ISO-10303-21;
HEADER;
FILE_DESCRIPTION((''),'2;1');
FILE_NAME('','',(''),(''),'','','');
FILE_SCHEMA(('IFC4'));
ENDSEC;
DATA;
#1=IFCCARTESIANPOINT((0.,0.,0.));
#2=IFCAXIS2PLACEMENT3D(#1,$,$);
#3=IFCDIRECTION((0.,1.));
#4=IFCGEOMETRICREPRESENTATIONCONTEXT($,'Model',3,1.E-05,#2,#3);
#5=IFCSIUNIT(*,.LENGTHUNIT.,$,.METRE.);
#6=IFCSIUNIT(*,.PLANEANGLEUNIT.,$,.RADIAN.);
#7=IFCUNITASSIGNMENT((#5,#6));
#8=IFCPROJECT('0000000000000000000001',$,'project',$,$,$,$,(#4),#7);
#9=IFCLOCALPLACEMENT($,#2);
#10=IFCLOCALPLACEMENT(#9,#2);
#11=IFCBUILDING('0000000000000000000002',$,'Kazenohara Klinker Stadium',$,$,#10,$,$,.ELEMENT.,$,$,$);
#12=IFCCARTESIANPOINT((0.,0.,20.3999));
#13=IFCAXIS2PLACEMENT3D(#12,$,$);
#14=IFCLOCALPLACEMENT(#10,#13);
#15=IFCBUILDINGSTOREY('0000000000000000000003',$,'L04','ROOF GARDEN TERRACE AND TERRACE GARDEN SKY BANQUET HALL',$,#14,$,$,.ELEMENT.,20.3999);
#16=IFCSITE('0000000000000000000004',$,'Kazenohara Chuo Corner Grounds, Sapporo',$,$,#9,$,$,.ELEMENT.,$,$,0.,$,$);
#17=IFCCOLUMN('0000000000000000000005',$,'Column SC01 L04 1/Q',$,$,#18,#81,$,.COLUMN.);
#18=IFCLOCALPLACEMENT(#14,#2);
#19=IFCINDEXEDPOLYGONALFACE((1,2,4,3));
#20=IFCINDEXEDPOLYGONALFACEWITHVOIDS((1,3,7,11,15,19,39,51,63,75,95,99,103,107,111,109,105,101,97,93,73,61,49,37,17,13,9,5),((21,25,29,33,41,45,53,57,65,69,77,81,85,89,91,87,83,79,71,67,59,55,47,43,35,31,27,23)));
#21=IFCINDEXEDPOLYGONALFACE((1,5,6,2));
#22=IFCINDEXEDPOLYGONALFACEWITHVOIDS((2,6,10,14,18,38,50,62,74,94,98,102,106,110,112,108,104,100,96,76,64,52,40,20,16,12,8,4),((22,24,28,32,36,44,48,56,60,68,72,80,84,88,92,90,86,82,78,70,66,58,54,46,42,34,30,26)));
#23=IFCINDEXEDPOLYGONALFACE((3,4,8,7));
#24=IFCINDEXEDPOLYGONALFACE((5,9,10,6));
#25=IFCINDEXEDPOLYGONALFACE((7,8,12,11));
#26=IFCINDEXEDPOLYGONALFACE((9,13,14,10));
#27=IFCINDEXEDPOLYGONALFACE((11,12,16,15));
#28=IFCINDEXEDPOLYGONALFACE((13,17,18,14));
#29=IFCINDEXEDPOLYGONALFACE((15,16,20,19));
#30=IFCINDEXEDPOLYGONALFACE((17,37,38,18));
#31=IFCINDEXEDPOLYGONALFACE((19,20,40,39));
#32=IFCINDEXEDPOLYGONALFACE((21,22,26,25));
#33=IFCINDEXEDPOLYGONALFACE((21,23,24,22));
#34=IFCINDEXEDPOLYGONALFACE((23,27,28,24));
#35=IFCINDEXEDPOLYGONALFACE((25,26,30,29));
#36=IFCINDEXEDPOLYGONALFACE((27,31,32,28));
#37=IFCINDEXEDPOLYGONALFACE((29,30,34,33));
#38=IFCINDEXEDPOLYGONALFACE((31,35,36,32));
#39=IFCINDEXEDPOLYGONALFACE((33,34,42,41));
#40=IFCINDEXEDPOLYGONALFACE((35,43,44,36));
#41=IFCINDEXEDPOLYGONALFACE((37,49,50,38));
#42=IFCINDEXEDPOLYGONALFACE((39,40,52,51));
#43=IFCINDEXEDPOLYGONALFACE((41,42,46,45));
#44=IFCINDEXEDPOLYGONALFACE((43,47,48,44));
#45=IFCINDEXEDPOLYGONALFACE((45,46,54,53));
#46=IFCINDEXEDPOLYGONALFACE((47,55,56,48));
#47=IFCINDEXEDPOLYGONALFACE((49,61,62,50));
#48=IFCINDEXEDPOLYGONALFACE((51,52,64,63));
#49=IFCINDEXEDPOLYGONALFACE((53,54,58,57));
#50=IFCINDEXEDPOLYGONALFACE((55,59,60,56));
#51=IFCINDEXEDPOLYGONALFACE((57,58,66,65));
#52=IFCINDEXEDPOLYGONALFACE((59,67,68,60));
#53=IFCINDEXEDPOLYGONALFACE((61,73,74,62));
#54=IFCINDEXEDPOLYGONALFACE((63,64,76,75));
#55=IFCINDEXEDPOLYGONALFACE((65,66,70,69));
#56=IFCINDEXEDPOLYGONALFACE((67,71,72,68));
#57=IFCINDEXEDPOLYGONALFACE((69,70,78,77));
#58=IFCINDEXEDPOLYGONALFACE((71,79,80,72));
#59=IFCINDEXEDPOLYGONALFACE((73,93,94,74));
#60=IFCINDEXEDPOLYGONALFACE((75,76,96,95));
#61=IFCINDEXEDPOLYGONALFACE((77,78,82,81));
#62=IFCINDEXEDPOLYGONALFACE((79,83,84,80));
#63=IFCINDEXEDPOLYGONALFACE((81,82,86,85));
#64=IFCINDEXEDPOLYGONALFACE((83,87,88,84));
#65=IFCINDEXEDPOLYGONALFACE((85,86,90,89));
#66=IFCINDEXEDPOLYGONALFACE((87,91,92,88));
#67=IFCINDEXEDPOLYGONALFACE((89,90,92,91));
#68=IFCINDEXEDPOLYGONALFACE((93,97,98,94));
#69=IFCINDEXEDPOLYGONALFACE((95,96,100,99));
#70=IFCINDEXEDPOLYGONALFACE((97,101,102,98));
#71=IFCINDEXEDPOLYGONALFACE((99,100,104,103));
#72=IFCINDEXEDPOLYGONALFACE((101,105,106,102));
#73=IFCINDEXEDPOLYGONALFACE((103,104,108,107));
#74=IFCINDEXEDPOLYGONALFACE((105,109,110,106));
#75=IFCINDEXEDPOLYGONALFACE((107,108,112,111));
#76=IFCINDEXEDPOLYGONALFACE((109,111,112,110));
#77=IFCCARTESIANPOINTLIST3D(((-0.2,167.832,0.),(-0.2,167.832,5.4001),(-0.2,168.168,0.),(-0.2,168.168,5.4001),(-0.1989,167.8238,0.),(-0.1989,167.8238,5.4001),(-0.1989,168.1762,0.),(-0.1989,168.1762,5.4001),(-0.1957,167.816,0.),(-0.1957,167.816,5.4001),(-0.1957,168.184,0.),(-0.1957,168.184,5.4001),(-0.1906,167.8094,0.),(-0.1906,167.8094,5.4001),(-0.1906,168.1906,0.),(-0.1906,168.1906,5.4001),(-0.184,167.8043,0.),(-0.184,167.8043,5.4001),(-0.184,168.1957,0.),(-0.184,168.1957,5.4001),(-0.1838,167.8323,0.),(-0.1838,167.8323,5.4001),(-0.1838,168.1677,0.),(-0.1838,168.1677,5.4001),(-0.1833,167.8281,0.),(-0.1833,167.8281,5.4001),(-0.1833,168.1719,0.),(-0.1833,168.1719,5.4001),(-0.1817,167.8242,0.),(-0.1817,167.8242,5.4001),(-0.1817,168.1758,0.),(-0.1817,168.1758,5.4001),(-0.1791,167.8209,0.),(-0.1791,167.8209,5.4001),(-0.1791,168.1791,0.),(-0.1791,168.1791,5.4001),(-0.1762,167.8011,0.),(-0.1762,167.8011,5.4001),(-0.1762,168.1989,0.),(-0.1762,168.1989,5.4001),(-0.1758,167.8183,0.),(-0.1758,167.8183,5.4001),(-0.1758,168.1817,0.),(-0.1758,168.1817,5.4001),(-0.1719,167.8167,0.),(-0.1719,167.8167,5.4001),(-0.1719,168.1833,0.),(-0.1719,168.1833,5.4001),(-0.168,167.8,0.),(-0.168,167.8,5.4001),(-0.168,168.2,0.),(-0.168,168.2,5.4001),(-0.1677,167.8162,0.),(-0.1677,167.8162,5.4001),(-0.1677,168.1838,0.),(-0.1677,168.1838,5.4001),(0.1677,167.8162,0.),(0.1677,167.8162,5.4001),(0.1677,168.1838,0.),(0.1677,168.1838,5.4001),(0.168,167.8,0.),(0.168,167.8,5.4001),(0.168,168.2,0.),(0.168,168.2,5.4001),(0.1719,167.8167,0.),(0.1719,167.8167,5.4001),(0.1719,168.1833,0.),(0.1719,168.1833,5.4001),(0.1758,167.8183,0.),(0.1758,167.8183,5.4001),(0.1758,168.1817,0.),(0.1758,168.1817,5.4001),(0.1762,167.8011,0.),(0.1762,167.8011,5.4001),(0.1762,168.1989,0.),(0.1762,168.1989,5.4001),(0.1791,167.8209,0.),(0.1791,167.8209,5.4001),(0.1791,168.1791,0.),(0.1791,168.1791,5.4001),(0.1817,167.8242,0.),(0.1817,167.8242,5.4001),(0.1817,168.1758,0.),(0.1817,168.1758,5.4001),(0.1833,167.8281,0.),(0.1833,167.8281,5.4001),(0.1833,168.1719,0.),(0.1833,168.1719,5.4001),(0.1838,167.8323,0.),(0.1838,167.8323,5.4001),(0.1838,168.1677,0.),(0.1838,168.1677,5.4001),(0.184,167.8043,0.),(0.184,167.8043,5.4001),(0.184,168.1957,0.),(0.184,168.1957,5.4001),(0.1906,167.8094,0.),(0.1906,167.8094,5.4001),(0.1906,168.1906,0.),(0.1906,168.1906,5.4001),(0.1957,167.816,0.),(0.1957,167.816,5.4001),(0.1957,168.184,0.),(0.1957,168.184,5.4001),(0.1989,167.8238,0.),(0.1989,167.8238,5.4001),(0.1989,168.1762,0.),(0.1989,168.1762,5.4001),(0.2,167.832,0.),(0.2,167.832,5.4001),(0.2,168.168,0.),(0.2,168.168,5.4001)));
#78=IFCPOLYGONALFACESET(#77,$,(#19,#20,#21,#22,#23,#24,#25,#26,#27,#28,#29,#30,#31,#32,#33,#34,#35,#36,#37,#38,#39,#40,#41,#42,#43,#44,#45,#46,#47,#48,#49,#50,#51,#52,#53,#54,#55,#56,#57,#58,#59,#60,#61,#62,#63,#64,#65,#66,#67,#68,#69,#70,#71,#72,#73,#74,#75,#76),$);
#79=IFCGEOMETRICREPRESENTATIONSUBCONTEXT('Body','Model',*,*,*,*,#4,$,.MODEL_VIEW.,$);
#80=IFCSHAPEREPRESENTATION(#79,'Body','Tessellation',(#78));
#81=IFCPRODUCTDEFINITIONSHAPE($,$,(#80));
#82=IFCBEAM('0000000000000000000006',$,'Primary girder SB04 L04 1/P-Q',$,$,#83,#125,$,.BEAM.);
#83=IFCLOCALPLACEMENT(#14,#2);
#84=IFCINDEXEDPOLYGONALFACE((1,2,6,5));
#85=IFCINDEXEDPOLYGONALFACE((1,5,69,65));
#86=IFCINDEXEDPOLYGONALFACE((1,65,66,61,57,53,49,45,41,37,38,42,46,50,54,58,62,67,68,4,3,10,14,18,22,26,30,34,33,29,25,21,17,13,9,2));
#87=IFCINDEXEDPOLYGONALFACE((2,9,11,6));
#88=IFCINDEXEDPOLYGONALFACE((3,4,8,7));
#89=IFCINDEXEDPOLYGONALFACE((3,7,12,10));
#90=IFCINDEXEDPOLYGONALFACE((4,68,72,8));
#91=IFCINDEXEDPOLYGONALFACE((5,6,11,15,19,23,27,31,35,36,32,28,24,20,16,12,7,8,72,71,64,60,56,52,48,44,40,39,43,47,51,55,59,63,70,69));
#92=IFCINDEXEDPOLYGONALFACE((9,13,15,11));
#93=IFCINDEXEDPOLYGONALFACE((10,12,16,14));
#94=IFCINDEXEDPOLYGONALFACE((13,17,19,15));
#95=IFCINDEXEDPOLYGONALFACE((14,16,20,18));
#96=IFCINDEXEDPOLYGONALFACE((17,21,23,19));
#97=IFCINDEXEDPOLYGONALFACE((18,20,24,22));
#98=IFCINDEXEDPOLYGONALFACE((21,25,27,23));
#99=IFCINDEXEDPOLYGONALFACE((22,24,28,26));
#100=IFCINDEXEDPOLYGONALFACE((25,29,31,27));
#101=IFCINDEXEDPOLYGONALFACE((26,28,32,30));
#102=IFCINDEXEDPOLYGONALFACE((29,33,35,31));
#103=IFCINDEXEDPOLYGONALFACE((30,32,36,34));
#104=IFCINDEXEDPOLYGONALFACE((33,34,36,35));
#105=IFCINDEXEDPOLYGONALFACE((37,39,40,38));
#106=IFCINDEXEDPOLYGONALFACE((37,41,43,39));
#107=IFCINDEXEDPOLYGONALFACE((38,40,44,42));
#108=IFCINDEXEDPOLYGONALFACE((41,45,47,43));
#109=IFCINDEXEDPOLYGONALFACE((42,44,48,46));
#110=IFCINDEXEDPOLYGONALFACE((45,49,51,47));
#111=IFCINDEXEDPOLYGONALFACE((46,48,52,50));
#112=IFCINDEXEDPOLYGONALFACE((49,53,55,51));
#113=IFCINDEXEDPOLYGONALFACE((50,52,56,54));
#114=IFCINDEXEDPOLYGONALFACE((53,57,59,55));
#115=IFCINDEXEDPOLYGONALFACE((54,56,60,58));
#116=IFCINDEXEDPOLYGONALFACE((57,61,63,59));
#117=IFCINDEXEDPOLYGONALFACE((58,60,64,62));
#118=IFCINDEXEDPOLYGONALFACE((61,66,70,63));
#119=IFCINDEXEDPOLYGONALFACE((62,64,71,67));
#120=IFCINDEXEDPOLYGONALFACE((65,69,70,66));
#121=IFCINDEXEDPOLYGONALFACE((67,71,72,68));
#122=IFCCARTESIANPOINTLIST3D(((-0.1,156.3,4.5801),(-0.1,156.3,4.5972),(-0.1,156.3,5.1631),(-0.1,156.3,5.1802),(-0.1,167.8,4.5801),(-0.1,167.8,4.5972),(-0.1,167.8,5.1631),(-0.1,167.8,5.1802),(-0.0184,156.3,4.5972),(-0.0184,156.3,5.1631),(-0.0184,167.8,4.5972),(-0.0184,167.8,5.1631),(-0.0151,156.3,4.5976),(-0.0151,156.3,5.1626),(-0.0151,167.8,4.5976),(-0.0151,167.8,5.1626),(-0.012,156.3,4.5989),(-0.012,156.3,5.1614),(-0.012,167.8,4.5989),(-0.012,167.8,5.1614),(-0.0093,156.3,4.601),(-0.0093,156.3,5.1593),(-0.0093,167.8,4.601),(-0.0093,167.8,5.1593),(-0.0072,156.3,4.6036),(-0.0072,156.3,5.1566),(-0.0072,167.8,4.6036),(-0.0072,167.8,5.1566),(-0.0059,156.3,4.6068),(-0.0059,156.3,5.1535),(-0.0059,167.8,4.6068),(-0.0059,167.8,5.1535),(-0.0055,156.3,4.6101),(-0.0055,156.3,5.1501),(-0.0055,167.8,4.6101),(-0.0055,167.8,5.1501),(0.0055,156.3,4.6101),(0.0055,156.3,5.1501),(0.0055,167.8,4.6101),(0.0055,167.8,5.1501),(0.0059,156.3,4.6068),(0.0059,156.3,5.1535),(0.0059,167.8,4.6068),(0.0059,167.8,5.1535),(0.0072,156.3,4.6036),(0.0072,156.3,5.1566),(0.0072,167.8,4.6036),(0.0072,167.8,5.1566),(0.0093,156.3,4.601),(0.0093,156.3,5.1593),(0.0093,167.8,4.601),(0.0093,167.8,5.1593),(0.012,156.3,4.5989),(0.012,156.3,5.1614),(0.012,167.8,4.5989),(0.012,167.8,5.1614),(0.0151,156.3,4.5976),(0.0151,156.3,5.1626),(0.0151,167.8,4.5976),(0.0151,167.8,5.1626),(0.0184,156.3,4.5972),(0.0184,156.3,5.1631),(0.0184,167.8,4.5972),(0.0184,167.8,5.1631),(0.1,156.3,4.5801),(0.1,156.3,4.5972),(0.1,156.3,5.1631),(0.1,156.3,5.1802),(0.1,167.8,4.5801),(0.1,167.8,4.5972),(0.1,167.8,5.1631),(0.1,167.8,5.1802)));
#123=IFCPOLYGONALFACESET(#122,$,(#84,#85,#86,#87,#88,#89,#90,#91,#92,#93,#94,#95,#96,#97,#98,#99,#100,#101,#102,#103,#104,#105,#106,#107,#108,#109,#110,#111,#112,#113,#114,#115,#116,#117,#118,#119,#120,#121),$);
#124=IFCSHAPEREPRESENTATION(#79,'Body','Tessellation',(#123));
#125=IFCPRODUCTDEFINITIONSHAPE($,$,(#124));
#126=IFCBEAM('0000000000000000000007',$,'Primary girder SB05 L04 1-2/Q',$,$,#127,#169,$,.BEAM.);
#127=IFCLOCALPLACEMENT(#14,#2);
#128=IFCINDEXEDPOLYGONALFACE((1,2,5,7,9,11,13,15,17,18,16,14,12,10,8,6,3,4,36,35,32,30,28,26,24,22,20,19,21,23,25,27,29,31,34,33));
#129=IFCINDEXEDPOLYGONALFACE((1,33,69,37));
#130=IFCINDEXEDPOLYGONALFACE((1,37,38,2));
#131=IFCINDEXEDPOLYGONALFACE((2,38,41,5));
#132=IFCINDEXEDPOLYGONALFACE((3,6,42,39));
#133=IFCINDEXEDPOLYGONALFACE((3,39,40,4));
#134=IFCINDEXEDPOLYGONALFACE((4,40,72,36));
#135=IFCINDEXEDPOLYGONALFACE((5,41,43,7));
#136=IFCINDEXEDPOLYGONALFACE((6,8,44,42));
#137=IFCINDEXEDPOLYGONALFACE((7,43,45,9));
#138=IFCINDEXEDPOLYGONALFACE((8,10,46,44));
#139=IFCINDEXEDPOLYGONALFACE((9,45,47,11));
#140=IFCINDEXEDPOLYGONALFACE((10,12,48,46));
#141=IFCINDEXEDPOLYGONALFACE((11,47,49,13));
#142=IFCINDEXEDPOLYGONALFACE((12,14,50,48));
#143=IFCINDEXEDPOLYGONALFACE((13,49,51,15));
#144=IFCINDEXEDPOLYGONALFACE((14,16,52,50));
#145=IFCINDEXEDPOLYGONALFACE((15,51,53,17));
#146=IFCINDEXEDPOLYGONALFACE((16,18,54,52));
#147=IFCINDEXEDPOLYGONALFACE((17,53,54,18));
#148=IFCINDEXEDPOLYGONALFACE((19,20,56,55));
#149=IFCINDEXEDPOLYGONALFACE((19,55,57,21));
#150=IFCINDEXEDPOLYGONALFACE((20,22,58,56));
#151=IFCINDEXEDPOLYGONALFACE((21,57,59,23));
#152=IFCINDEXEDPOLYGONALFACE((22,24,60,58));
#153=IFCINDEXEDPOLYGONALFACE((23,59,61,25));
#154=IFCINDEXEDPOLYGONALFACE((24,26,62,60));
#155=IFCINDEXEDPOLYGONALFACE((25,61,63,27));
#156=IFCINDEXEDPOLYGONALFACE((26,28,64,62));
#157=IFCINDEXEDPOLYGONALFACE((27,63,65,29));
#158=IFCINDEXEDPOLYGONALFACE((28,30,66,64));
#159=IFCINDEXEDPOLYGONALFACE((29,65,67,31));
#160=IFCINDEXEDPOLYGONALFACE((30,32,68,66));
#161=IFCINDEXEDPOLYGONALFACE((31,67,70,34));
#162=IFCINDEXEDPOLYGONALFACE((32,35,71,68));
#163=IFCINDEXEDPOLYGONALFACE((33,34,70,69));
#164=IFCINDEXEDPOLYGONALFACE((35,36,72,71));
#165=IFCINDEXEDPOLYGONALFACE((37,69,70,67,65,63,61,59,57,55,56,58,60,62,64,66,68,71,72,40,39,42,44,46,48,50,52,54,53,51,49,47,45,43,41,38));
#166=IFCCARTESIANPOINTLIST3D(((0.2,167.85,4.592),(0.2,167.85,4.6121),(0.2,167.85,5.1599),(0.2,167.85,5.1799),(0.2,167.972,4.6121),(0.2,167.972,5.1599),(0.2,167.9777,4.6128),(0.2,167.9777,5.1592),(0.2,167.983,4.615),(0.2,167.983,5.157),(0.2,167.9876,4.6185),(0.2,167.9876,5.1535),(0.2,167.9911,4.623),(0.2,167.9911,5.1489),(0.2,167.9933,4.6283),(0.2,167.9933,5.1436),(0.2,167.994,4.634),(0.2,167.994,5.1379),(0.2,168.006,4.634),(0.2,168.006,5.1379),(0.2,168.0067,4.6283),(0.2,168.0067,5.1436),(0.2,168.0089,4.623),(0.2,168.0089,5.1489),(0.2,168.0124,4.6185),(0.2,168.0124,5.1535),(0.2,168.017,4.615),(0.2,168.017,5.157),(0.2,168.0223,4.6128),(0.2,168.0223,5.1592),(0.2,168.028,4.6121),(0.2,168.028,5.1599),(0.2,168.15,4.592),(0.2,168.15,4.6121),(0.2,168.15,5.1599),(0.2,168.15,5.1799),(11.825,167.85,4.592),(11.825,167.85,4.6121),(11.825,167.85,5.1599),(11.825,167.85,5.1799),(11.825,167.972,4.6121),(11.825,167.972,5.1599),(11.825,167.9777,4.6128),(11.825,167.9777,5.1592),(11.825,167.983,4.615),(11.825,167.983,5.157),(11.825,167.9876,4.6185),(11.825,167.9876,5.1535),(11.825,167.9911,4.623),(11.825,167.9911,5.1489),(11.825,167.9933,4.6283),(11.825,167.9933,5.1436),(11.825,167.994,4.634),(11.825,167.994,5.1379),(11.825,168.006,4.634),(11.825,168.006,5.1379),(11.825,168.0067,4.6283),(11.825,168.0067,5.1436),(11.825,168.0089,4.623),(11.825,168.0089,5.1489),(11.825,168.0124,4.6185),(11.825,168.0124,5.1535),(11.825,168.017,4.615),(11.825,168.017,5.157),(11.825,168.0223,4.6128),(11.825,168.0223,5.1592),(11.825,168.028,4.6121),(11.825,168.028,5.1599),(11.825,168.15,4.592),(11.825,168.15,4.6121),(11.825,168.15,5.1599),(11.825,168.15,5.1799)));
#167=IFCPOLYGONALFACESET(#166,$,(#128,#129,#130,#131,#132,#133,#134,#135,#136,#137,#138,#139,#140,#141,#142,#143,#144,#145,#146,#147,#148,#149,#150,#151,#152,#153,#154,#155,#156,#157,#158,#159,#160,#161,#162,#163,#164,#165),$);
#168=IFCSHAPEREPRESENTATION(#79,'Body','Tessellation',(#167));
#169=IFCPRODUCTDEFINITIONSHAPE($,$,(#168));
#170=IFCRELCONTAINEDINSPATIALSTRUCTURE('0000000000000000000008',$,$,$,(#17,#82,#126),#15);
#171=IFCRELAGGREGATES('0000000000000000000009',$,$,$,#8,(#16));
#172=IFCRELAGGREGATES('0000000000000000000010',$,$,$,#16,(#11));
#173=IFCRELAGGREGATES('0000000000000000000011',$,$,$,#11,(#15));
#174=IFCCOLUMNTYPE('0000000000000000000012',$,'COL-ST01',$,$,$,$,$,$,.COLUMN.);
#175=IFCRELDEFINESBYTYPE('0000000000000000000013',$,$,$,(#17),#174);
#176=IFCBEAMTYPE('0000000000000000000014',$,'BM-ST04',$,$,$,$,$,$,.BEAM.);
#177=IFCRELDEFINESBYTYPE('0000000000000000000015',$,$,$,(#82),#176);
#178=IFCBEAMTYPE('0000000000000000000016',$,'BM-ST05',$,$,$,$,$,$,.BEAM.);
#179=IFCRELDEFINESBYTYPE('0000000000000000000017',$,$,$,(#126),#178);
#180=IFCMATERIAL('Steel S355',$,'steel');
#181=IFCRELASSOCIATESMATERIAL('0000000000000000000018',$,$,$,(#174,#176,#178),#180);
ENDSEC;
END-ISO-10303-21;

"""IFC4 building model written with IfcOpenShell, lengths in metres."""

from ifc_helpers import new_model, si_unit, direction, frame, origin, origin_2d, place, context, subcontext, project, spatial, hollow_rectangle, i_section, extrude, material, material_profile, profile_set, type_object, element, save


model = new_model("IFC4")

# Units and contexts
model_context = context("Model", 3, precision=1e-05, world=origin(), true_north=direction((0.0, 1.0)))
body_context = subcontext(model_context, "Body", "Model", "MODEL_VIEW")
ifc_project = project(units=[si_unit("LENGTHUNIT", "METRE"), si_unit("PLANEANGLEUNIT", "RADIAN")], contexts=[model_context])

# Site, building, storey
site_placement = place(None, origin())
site = spatial("IfcSite", under=ifc_project, at=site_placement, Name="Kazenohara Chuo Corner Grounds, Sapporo", CompositionType="ELEMENT", RefElevation=0.0)
building_placement = place(site_placement, origin())
building = spatial("IfcBuilding", under=site, at=building_placement, Name="Kazenohara Klinker Stadium", CompositionType="ELEMENT")
storey_placement = place(building_placement, frame((0.0, 0.0, 20.3999)))
storey = spatial("IfcBuildingStorey", under=building, at=storey_placement, Name="L04", Description="ROOF GARDEN TERRACE AND TERRACE GARDEN SKY BANQUET HALL", CompositionType="ELEMENT", Elevation=20.3999)

# Column
ifc_material_1 = material(Name="Steel S355", Category="steel")
ifc_material_profile_1 = material_profile(ifc_material_1, hollow_rectangle(XDim=0.3999, YDim=0.3999, WallThickness=0.0161, InnerFilletRadius=0.0161, OuterFilletRadius=0.032, at=origin_2d()), Name="SHS-400x400x16")
ifc_profile_set_1 = profile_set([ifc_material_profile_1], Name="Steel S355")
column_type = type_object("IfcColumnType", Name="COL-ST01", PredefinedType="COLUMN", material=ifc_profile_set_1)
column_placement = place(storey_placement, frame((0.0, 168.0, 0.0), z_axis=(0.0, 0.0, 1.0), x_axis=(1.0, 0.0, 0.0)))
element("IfcColumn", 1, at=column_placement, inside=storey, type_object=column_type, Name="Column SC01 L04 1/Q", PredefinedType="COLUMN", context=body_context, shape_type="SweptSolid", body=[
    extrude(hollow_rectangle(XDim=0.3999, YDim=0.3999, WallThickness=0.0161, InnerFilletRadius=0.0161, OuterFilletRadius=0.032, at=origin_2d()), origin(), (0.0, 0.0, 1.0), 5.4001),
])

# Beams
ifc_material_profile_2 = material_profile(ifc_material_1, i_section(OverallWidth=0.2, OverallDepth=0.6001, WebThickness=0.011, FlangeThickness=0.0171, FilletRadius=0.0129, at=origin_2d()), Name="H-600x200x11x17")
ifc_profile_set_2 = profile_set([ifc_material_profile_2], Name="Steel S355")
beam_type_1 = type_object("IfcBeamType", Name="BM-ST04", PredefinedType="BEAM", material=ifc_profile_set_2)
beam_placement = place(storey_placement, frame((0.0, 156.3, 4.8801), z_axis=(0.0, 1.0, 0.0), x_axis=(-1.0, 0.0, 0.0)))
element("IfcBeam", 2, at=beam_placement, inside=storey, type_object=beam_type_1, Name="Primary girder SB04 L04 1/P-Q", PredefinedType="BEAM", context=body_context, shape_type="SweptSolid", body=[
    extrude(i_section(OverallWidth=0.2, OverallDepth=0.6001, WebThickness=0.011, FlangeThickness=0.0171, FilletRadius=0.0129, at=origin_2d()), origin(), (0.0, 0.0, 1.0), 11.5),
])
ifc_material_profile_3 = material_profile(ifc_material_1, i_section(OverallWidth=0.3, OverallDepth=0.5879, WebThickness=0.012, FlangeThickness=0.02, FilletRadius=0.022, at=origin_2d()), Name="H-588x300x12x20")
ifc_profile_set_3 = profile_set([ifc_material_profile_3], Name="Steel S355")
beam_type_2 = type_object("IfcBeamType", Name="BM-ST05", PredefinedType="BEAM", material=ifc_profile_set_3)
for number, where, z_axis, x_axis, name in (
    (3, (0.2, 168.0, 4.886), (1.0, 0.0, 0.0), (0.0, 1.0, 0.0), "Primary girder SB05 L04 1-2/Q"),
):
    element("IfcBeam", number, at=place(storey_placement, frame(where, z_axis=z_axis, x_axis=x_axis)), inside=storey, type_object=beam_type_2, Name=name, PredefinedType="BEAM", context=body_context, shape_type="SweptSolid", body=[
        extrude(i_section(OverallWidth=0.3, OverallDepth=0.5879, WebThickness=0.012, FlangeThickness=0.02, FilletRadius=0.022, at=origin_2d()), origin(), (0.0, 0.0, 1.0), 11.625),
    ])

save(model, "model.ifc")
